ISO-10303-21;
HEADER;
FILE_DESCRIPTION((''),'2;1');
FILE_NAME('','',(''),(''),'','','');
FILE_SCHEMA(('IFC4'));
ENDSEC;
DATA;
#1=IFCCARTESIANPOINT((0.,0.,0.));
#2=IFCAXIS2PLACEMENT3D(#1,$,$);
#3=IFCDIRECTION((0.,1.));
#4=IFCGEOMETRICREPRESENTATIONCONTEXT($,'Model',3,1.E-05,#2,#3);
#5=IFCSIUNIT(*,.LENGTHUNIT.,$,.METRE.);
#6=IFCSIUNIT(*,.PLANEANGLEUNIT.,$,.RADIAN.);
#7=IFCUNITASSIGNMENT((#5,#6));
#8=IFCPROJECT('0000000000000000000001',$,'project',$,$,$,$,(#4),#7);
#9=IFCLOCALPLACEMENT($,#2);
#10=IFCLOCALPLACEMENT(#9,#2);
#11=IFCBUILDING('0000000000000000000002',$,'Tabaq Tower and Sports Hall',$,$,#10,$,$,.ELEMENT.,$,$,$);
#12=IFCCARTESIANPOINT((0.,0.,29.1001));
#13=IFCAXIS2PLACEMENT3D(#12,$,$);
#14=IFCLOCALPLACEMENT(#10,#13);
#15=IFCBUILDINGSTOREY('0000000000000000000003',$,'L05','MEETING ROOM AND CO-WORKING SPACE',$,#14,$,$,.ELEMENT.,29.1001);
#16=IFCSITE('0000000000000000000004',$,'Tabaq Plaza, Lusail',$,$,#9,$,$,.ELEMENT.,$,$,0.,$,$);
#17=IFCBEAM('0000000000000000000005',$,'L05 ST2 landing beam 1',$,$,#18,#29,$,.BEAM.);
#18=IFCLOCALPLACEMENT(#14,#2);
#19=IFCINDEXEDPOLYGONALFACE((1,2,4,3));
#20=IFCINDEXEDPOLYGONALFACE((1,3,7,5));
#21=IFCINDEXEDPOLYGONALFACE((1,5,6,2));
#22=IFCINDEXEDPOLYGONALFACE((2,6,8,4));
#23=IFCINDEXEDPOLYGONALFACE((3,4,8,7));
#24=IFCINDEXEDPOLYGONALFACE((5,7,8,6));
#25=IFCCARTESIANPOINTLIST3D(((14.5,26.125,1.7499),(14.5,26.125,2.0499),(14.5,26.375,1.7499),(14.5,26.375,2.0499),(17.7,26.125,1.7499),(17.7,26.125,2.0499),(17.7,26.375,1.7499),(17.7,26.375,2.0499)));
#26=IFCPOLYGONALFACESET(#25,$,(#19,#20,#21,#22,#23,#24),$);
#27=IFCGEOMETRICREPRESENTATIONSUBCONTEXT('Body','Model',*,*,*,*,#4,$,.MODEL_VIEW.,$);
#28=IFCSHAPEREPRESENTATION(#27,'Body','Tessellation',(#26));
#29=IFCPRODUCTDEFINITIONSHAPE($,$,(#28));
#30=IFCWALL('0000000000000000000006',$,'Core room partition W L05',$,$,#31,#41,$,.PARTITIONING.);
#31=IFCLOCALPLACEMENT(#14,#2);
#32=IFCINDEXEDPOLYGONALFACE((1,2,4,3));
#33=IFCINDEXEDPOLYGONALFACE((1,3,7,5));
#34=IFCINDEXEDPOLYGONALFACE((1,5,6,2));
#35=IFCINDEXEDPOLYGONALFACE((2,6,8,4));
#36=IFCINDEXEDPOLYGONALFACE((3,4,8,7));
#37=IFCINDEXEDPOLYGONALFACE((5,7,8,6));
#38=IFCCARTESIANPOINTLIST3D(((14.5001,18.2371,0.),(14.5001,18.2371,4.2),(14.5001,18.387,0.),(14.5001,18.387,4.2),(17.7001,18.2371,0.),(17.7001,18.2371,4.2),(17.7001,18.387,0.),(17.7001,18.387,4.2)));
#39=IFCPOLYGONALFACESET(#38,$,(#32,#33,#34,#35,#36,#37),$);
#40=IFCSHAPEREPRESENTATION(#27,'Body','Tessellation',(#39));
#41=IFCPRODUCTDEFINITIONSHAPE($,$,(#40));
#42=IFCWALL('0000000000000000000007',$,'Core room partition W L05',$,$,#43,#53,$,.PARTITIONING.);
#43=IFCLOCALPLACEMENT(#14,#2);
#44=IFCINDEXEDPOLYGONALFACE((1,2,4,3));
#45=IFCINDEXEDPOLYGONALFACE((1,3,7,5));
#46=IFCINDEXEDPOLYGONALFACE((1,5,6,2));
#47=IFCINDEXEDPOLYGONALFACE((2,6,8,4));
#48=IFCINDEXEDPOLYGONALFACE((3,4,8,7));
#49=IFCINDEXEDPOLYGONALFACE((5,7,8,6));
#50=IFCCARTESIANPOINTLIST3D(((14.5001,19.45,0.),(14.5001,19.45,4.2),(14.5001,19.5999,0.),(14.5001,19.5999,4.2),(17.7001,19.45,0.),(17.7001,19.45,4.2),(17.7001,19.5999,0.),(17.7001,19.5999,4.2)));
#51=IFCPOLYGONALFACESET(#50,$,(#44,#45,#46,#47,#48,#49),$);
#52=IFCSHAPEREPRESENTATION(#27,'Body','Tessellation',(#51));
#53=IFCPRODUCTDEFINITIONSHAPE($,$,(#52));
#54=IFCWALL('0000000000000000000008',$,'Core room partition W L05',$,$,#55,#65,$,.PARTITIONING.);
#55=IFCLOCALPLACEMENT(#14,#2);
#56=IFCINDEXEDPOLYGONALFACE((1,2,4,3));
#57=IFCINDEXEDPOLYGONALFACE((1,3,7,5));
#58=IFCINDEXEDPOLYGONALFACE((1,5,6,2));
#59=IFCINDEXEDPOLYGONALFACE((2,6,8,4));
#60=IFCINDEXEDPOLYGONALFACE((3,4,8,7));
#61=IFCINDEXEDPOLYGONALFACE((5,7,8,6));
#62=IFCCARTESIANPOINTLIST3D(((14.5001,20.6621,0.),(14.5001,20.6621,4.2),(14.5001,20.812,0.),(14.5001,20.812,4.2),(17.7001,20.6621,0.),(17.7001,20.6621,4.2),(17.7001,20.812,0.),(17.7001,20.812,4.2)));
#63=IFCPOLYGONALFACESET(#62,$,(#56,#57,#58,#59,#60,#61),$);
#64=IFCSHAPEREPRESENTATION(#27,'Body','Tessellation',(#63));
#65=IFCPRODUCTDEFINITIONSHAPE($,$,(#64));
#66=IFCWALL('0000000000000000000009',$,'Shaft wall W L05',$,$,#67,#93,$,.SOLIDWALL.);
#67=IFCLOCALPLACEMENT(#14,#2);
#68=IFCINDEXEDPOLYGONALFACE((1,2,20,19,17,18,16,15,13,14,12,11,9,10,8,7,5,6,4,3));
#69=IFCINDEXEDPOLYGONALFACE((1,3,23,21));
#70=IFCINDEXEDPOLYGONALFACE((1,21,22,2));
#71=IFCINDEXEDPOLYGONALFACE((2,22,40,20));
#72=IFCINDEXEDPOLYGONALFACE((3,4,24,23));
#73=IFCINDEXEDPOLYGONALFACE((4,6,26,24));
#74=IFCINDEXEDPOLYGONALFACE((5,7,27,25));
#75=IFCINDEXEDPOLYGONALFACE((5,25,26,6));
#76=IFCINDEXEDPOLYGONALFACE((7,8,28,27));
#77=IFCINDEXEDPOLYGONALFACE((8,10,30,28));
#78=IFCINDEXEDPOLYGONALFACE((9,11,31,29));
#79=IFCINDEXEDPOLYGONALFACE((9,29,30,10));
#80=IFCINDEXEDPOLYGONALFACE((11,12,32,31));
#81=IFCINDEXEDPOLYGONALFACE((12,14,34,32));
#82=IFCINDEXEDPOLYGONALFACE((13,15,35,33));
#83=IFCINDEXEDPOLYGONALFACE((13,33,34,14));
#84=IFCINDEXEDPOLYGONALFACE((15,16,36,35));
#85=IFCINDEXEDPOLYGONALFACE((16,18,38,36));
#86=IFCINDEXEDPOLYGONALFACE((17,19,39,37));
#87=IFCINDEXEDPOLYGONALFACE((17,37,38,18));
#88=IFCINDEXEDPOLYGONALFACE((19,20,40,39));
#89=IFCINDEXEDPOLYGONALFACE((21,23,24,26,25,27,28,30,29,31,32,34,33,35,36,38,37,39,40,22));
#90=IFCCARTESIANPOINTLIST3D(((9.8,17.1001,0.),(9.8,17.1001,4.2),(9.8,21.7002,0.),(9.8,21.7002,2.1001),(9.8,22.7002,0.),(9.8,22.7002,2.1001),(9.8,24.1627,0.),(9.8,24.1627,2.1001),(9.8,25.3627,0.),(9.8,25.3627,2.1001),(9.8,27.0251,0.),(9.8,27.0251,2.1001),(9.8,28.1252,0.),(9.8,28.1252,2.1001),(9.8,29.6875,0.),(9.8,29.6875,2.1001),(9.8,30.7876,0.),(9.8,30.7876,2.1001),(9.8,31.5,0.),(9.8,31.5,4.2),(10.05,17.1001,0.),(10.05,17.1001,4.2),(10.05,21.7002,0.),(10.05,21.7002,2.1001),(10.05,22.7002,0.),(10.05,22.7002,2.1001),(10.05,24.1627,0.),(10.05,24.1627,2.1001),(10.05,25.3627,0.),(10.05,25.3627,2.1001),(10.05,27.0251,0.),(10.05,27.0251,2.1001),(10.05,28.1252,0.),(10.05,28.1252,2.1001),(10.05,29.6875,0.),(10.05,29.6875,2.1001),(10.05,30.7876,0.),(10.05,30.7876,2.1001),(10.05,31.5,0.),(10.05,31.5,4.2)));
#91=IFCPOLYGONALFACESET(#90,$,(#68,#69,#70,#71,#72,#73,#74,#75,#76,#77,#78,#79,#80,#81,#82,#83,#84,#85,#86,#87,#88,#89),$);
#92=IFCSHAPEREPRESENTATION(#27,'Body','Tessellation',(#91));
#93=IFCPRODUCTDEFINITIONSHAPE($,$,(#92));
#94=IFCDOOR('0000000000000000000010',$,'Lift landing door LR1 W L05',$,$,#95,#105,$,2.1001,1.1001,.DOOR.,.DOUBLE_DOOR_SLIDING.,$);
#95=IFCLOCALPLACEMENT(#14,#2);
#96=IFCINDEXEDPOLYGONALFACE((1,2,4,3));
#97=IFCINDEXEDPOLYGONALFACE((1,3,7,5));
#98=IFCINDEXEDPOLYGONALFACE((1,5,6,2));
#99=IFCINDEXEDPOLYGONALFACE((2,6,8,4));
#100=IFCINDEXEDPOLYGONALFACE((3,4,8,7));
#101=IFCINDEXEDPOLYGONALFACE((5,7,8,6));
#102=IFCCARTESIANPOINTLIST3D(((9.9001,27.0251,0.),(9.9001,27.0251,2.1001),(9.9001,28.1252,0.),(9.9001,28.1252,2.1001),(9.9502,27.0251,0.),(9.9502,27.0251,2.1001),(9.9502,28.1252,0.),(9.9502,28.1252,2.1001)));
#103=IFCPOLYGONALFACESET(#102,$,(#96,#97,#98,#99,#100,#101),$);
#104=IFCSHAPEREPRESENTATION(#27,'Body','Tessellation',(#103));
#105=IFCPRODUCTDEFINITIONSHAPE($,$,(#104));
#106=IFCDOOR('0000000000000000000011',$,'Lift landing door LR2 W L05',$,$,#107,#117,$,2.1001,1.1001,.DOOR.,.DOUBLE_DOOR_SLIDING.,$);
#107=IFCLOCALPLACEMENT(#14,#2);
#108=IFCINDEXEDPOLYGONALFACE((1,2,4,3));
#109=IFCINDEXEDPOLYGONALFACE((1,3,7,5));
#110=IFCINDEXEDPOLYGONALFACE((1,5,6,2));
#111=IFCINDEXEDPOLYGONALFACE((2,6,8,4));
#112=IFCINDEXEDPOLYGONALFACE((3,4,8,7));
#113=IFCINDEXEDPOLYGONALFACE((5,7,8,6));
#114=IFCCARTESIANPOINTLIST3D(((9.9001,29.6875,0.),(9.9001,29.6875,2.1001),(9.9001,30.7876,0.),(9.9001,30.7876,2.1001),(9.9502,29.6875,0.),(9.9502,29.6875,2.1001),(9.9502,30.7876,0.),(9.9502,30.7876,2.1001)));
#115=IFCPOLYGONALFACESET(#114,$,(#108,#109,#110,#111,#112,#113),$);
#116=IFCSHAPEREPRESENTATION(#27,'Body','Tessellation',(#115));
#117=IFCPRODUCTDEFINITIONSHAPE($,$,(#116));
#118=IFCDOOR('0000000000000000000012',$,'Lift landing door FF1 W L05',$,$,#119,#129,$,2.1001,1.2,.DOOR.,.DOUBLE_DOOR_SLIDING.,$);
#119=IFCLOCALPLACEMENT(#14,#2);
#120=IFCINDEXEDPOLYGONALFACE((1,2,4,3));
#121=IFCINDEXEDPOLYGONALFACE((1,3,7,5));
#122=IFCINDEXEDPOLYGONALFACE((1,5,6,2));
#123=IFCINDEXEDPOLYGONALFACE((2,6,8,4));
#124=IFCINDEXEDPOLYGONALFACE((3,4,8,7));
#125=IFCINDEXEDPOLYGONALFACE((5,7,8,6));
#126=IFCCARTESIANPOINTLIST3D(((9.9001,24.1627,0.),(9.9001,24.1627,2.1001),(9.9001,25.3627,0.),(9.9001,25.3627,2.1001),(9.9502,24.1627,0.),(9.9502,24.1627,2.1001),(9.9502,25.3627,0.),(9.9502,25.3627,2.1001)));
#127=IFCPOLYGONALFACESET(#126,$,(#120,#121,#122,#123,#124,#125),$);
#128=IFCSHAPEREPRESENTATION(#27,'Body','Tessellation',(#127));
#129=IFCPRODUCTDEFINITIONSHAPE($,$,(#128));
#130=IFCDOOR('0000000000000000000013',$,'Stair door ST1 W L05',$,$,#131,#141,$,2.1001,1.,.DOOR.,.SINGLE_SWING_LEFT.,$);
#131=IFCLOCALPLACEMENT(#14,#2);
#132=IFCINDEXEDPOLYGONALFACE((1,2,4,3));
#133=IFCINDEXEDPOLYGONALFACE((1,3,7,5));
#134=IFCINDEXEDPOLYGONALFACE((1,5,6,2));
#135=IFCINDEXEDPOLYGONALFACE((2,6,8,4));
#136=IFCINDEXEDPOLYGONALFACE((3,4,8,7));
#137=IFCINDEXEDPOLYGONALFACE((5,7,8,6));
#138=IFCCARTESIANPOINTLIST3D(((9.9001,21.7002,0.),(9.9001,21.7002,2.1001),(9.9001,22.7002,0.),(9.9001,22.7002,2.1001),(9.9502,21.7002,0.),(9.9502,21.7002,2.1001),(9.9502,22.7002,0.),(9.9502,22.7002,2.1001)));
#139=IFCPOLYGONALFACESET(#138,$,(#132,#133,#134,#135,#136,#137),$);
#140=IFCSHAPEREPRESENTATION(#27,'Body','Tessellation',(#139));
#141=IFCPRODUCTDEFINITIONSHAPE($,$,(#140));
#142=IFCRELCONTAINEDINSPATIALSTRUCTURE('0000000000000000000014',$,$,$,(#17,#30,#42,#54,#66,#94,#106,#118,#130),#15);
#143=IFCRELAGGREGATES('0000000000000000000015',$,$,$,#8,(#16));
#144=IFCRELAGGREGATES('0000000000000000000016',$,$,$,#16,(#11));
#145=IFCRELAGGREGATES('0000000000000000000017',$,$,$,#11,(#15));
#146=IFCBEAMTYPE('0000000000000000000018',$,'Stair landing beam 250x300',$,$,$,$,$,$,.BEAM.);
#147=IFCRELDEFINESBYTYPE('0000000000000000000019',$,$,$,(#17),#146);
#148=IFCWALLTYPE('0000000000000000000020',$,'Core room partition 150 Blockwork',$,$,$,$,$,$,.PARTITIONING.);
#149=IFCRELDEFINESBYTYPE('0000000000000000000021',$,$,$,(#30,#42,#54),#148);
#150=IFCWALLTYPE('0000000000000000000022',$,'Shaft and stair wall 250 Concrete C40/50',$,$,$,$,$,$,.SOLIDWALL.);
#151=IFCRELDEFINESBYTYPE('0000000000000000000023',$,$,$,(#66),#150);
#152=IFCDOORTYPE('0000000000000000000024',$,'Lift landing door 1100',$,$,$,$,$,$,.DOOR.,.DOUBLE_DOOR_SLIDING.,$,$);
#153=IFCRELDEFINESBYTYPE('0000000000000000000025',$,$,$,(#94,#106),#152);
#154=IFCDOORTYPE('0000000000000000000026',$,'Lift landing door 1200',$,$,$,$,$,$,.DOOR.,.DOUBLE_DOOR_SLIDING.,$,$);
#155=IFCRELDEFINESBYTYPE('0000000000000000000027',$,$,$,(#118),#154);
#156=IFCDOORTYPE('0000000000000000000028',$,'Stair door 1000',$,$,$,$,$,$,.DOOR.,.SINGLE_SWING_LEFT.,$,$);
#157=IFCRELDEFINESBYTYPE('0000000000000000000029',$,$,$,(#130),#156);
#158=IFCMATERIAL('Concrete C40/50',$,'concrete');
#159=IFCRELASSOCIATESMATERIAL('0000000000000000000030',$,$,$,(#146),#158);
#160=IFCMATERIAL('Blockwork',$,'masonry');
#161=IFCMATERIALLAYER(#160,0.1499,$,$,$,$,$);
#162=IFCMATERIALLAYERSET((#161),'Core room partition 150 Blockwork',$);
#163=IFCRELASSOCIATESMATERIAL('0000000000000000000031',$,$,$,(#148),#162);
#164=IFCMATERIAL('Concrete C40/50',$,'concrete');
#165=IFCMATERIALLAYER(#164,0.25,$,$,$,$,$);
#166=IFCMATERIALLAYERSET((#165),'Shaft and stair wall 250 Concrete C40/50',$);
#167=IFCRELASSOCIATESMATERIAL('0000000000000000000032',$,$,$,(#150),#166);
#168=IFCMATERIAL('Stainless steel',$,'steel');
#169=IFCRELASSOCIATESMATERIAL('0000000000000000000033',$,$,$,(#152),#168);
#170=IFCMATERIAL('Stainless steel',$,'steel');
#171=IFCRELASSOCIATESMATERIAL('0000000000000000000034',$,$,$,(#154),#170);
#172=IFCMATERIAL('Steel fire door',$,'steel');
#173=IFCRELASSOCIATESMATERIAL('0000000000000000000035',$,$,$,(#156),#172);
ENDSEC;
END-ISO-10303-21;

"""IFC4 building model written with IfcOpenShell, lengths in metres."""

from ifc_helpers import new_model, si_unit, direction, frame, frame_2d, origin, origin_2d, place, context, subcontext, project, spatial, rectangle, extrude, material, layer, layer_set, material_profile, profile_set, type_object, element, fill, save


model = new_model("IFC4")

# Units and contexts
model_context = context("Model", 3, precision=1e-05, world=origin(), true_north=direction((0.0, 1.0)))
body_context = subcontext(model_context, "Body", "Model", "MODEL_VIEW")
ifc_project = project(units=[si_unit("LENGTHUNIT", "METRE"), si_unit("PLANEANGLEUNIT", "RADIAN")], contexts=[model_context])

# Site, building, storey
site_placement = place(None, origin())
site = spatial("IfcSite", under=ifc_project, at=site_placement, Name="Tabaq Plaza, Lusail", CompositionType="ELEMENT", RefElevation=0.0)
building_placement = place(site_placement, origin())
building = spatial("IfcBuilding", under=site, at=building_placement, Name="Tabaq Tower and Sports Hall", CompositionType="ELEMENT")
storey_placement = place(building_placement, frame((0.0, 0.0, 29.1001)))
storey = spatial("IfcBuildingStorey", under=building, at=storey_placement, Name="L05", Description="MEETING ROOM AND CO-WORKING SPACE", CompositionType="ELEMENT", Elevation=29.1001)

# Beam
ifc_material_1 = material(Name="Concrete C40/50", Category="concrete")
ifc_material_profile = material_profile(ifc_material_1, rectangle(XDim=0.25, YDim=0.3, at=origin_2d()), Name="RC 250x300")
ifc_profile_set = profile_set([ifc_material_profile], Name="Concrete C40/50")
beam_type = type_object("IfcBeamType", Name="Stair landing beam 250x300", PredefinedType="BEAM", material=ifc_profile_set)
beam_placement = place(storey_placement, frame((14.5, 26.25, 1.8999), z_axis=(1.0, 0.0, 0.0), x_axis=(0.0, 1.0, 0.0)))
element("IfcBeam", 1, at=beam_placement, inside=storey, type_object=beam_type, Name="L05 ST2 landing beam 1", PredefinedType="BEAM", context=body_context, shape_type="SweptSolid", body=[
    extrude(rectangle(XDim=0.25, YDim=0.3, at=origin_2d()), origin(), (0.0, 0.0, 1.0), 3.2),
])

# Walls
ifc_material_2 = material(Name="Blockwork", Category="masonry")
ifc_layer_1 = layer(ifc_material_2, 0.1499)
ifc_layer_set_1 = layer_set([ifc_layer_1], Name="Core room partition 150 Blockwork")
wall_type_1 = type_object("IfcWallType", Name="Core room partition 150 Blockwork", PredefinedType="PARTITIONING", material=ifc_layer_set_1)
for number, where, z_axis, x_axis, name in (
    (2, (14.5, 18.312, 0.0), (0.0, 0.0, 1.0), (1.0, 0.0, 0.0), "Core room partition W L05"),
    (3, (14.5, 19.5249, 0.0), (0.0, 0.0, 1.0), (1.0, 0.0, 0.0), "Core room partition W L05"),
    (4, (14.5, 20.7371, 0.0), (0.0, 0.0, 1.0), (1.0, 0.0, 0.0), "Core room partition W L05"),
):
    element("IfcWall", number, at=place(storey_placement, frame(where, z_axis=z_axis, x_axis=x_axis)), inside=storey, type_object=wall_type_1, Name=name, PredefinedType="PARTITIONING", context=body_context, shape_type="SweptSolid", body=[
        extrude(rectangle(XDim=3.2, YDim=0.1499, at=frame_2d((1.6001, 0.0))), origin(), (0.0, 0.0, 1.0), 4.2),
    ])

# Wall, openings, doors
ifc_material_3 = material(Name="Concrete C40/50", Category="concrete")
ifc_layer_2 = layer(ifc_material_3, 0.25)
ifc_layer_set_2 = layer_set([ifc_layer_2], Name="Shaft and stair wall 250 Concrete C40/50")
wall_type_2 = type_object("IfcWallType", Name="Shaft and stair wall 250 Concrete C40/50", PredefinedType="SOLIDWALL", material=ifc_layer_set_2)
wall_1_placement = place(storey_placement, frame((9.925, 17.1001, 0.0), z_axis=(0.0, 0.0, 1.0), x_axis=(0.0, 1.0, 0.0)))
wall_1 = element("IfcWall", 5, at=wall_1_placement, inside=storey, type_object=wall_type_2, Name="Shaft wall W L05", PredefinedType="SOLIDWALL", context=body_context, shape_type="SweptSolid", body=[
    extrude(rectangle(XDim=14.3999, YDim=0.25, at=frame_2d((7.2, 0.0))), origin(), (0.0, 0.0, 1.0), 4.2),
])
opening_1_placement = place(wall_1_placement, frame((4.6001, 0.0, 0.0)))
opening_1 = element("IfcOpeningElement", 6, at=opening_1_placement, cuts=wall_1, PredefinedType="OPENING", context=body_context, shape_type="SweptSolid", body=[
    extrude(rectangle(XDim=1.0, YDim=2.1001, at=frame_2d((0.5, 1.05))), frame((0.0, 0.125, 0.0), z_axis=(0.0, -1.0, 0.0), x_axis=(1.0, 0.0, 0.0)), (0.0, 0.0, 1.0), 0.25),
])
opening_2_placement = place(wall_1_placement, frame((7.0625, 0.0, 0.0)))
opening_2 = element("IfcOpeningElement", 7, at=opening_2_placement, cuts=wall_1, PredefinedType="OPENING", context=body_context, shape_type="SweptSolid", body=[
    extrude(rectangle(XDim=1.2, YDim=2.1001, at=frame_2d((0.6001, 1.05))), frame((0.0, 0.125, 0.0), z_axis=(0.0, -1.0, 0.0), x_axis=(1.0, 0.0, 0.0)), (0.0, 0.0, 1.0), 0.25),
])
opening_3_placement = place(wall_1_placement, frame((9.925, 0.0, 0.0)))
opening_3 = element("IfcOpeningElement", 8, at=opening_3_placement, cuts=wall_1, PredefinedType="OPENING", context=body_context, shape_type="SweptSolid", body=[
    extrude(rectangle(XDim=1.1001, YDim=2.1001, at=frame_2d((0.55, 1.05))), frame((0.0, 0.125, 0.0), z_axis=(0.0, -1.0, 0.0), x_axis=(1.0, 0.0, 0.0)), (0.0, 0.0, 1.0), 0.25),
])
opening_4_placement = place(wall_1_placement, frame((12.5874, 0.0, 0.0)))
opening_4 = element("IfcOpeningElement", 9, at=opening_4_placement, cuts=wall_1, PredefinedType="OPENING", context=body_context, shape_type="SweptSolid", body=[
    extrude(rectangle(XDim=1.1001, YDim=2.1001, at=frame_2d((0.55, 1.05))), frame((0.0, 0.125, 0.0), z_axis=(0.0, -1.0, 0.0), x_axis=(1.0, 0.0, 0.0)), (0.0, 0.0, 1.0), 0.25),
])
ifc_material_4 = material(Name="Stainless steel", Category="steel")
door_type_1 = type_object("IfcDoorType", Name="Lift landing door 1100", OperationType="DOUBLE_DOOR_SLIDING", PredefinedType="DOOR", material=ifc_material_4)
door_1_placement = place(opening_3_placement, origin())
door_1 = element("IfcDoor", 10, at=door_1_placement, inside=storey, type_object=door_type_1, Name="Lift landing door LR1 W L05", OperationType="DOUBLE_DOOR_SLIDING", OverallHeight=2.1001, OverallWidth=1.1001, PredefinedType="DOOR", context=body_context, shape_type="SweptSolid", body=[
    extrude(rectangle(XDim=1.1001, YDim=2.1001, at=frame_2d((0.55, 1.05))), frame((0.0, 0.0249, 0.0), z_axis=(0.0, -1.0, 0.0), x_axis=(1.0, 0.0, 0.0)), (0.0, 0.0, 1.0), 0.05),
])
fill(opening_3, door_1)
door_2_placement = place(opening_4_placement, origin())
door_2 = element("IfcDoor", 11, at=door_2_placement, inside=storey, type_object=door_type_1, Name="Lift landing door LR2 W L05", OperationType="DOUBLE_DOOR_SLIDING", OverallHeight=2.1001, OverallWidth=1.1001, PredefinedType="DOOR", context=body_context, shape_type="SweptSolid", body=[
    extrude(rectangle(XDim=1.1001, YDim=2.1001, at=frame_2d((0.55, 1.05))), frame((0.0, 0.0249, 0.0), z_axis=(0.0, -1.0, 0.0), x_axis=(1.0, 0.0, 0.0)), (0.0, 0.0, 1.0), 0.05),
])
fill(opening_4, door_2)
ifc_material_5 = material(Name="Stainless steel", Category="steel")
door_type_2 = type_object("IfcDoorType", Name="Lift landing door 1200", OperationType="DOUBLE_DOOR_SLIDING", PredefinedType="DOOR", material=ifc_material_5)
door_3_placement = place(opening_2_placement, origin())
door_3 = element("IfcDoor", 12, at=door_3_placement, inside=storey, type_object=door_type_2, Name="Lift landing door FF1 W L05", OperationType="DOUBLE_DOOR_SLIDING", OverallHeight=2.1001, OverallWidth=1.2, PredefinedType="DOOR", context=body_context, shape_type="SweptSolid", body=[
    extrude(rectangle(XDim=1.2, YDim=2.1001, at=frame_2d((0.6001, 1.05))), frame((0.0, 0.0249, 0.0), z_axis=(0.0, -1.0, 0.0), x_axis=(1.0, 0.0, 0.0)), (0.0, 0.0, 1.0), 0.05),
])
fill(opening_2, door_3)
ifc_material_6 = material(Name="Steel fire door", Category="steel")
door_type_3 = type_object("IfcDoorType", Name="Stair door 1000", OperationType="SINGLE_SWING_LEFT", PredefinedType="DOOR", material=ifc_material_6)
door_4_placement = place(opening_1_placement, origin())
door_4 = element("IfcDoor", 13, at=door_4_placement, inside=storey, type_object=door_type_3, Name="Stair door ST1 W L05", OperationType="SINGLE_SWING_LEFT", OverallHeight=2.1001, OverallWidth=1.0, PredefinedType="DOOR", context=body_context, shape_type="SweptSolid", body=[
    extrude(rectangle(XDim=1.0, YDim=2.1001, at=frame_2d((0.5, 1.05))), frame((0.0, 0.0249, 0.0), z_axis=(0.0, -1.0, 0.0), x_axis=(1.0, 0.0, 0.0)), (0.0, 0.0, 1.0), 0.05),
])
fill(opening_1, door_4)

save(model, "model.ifc")
